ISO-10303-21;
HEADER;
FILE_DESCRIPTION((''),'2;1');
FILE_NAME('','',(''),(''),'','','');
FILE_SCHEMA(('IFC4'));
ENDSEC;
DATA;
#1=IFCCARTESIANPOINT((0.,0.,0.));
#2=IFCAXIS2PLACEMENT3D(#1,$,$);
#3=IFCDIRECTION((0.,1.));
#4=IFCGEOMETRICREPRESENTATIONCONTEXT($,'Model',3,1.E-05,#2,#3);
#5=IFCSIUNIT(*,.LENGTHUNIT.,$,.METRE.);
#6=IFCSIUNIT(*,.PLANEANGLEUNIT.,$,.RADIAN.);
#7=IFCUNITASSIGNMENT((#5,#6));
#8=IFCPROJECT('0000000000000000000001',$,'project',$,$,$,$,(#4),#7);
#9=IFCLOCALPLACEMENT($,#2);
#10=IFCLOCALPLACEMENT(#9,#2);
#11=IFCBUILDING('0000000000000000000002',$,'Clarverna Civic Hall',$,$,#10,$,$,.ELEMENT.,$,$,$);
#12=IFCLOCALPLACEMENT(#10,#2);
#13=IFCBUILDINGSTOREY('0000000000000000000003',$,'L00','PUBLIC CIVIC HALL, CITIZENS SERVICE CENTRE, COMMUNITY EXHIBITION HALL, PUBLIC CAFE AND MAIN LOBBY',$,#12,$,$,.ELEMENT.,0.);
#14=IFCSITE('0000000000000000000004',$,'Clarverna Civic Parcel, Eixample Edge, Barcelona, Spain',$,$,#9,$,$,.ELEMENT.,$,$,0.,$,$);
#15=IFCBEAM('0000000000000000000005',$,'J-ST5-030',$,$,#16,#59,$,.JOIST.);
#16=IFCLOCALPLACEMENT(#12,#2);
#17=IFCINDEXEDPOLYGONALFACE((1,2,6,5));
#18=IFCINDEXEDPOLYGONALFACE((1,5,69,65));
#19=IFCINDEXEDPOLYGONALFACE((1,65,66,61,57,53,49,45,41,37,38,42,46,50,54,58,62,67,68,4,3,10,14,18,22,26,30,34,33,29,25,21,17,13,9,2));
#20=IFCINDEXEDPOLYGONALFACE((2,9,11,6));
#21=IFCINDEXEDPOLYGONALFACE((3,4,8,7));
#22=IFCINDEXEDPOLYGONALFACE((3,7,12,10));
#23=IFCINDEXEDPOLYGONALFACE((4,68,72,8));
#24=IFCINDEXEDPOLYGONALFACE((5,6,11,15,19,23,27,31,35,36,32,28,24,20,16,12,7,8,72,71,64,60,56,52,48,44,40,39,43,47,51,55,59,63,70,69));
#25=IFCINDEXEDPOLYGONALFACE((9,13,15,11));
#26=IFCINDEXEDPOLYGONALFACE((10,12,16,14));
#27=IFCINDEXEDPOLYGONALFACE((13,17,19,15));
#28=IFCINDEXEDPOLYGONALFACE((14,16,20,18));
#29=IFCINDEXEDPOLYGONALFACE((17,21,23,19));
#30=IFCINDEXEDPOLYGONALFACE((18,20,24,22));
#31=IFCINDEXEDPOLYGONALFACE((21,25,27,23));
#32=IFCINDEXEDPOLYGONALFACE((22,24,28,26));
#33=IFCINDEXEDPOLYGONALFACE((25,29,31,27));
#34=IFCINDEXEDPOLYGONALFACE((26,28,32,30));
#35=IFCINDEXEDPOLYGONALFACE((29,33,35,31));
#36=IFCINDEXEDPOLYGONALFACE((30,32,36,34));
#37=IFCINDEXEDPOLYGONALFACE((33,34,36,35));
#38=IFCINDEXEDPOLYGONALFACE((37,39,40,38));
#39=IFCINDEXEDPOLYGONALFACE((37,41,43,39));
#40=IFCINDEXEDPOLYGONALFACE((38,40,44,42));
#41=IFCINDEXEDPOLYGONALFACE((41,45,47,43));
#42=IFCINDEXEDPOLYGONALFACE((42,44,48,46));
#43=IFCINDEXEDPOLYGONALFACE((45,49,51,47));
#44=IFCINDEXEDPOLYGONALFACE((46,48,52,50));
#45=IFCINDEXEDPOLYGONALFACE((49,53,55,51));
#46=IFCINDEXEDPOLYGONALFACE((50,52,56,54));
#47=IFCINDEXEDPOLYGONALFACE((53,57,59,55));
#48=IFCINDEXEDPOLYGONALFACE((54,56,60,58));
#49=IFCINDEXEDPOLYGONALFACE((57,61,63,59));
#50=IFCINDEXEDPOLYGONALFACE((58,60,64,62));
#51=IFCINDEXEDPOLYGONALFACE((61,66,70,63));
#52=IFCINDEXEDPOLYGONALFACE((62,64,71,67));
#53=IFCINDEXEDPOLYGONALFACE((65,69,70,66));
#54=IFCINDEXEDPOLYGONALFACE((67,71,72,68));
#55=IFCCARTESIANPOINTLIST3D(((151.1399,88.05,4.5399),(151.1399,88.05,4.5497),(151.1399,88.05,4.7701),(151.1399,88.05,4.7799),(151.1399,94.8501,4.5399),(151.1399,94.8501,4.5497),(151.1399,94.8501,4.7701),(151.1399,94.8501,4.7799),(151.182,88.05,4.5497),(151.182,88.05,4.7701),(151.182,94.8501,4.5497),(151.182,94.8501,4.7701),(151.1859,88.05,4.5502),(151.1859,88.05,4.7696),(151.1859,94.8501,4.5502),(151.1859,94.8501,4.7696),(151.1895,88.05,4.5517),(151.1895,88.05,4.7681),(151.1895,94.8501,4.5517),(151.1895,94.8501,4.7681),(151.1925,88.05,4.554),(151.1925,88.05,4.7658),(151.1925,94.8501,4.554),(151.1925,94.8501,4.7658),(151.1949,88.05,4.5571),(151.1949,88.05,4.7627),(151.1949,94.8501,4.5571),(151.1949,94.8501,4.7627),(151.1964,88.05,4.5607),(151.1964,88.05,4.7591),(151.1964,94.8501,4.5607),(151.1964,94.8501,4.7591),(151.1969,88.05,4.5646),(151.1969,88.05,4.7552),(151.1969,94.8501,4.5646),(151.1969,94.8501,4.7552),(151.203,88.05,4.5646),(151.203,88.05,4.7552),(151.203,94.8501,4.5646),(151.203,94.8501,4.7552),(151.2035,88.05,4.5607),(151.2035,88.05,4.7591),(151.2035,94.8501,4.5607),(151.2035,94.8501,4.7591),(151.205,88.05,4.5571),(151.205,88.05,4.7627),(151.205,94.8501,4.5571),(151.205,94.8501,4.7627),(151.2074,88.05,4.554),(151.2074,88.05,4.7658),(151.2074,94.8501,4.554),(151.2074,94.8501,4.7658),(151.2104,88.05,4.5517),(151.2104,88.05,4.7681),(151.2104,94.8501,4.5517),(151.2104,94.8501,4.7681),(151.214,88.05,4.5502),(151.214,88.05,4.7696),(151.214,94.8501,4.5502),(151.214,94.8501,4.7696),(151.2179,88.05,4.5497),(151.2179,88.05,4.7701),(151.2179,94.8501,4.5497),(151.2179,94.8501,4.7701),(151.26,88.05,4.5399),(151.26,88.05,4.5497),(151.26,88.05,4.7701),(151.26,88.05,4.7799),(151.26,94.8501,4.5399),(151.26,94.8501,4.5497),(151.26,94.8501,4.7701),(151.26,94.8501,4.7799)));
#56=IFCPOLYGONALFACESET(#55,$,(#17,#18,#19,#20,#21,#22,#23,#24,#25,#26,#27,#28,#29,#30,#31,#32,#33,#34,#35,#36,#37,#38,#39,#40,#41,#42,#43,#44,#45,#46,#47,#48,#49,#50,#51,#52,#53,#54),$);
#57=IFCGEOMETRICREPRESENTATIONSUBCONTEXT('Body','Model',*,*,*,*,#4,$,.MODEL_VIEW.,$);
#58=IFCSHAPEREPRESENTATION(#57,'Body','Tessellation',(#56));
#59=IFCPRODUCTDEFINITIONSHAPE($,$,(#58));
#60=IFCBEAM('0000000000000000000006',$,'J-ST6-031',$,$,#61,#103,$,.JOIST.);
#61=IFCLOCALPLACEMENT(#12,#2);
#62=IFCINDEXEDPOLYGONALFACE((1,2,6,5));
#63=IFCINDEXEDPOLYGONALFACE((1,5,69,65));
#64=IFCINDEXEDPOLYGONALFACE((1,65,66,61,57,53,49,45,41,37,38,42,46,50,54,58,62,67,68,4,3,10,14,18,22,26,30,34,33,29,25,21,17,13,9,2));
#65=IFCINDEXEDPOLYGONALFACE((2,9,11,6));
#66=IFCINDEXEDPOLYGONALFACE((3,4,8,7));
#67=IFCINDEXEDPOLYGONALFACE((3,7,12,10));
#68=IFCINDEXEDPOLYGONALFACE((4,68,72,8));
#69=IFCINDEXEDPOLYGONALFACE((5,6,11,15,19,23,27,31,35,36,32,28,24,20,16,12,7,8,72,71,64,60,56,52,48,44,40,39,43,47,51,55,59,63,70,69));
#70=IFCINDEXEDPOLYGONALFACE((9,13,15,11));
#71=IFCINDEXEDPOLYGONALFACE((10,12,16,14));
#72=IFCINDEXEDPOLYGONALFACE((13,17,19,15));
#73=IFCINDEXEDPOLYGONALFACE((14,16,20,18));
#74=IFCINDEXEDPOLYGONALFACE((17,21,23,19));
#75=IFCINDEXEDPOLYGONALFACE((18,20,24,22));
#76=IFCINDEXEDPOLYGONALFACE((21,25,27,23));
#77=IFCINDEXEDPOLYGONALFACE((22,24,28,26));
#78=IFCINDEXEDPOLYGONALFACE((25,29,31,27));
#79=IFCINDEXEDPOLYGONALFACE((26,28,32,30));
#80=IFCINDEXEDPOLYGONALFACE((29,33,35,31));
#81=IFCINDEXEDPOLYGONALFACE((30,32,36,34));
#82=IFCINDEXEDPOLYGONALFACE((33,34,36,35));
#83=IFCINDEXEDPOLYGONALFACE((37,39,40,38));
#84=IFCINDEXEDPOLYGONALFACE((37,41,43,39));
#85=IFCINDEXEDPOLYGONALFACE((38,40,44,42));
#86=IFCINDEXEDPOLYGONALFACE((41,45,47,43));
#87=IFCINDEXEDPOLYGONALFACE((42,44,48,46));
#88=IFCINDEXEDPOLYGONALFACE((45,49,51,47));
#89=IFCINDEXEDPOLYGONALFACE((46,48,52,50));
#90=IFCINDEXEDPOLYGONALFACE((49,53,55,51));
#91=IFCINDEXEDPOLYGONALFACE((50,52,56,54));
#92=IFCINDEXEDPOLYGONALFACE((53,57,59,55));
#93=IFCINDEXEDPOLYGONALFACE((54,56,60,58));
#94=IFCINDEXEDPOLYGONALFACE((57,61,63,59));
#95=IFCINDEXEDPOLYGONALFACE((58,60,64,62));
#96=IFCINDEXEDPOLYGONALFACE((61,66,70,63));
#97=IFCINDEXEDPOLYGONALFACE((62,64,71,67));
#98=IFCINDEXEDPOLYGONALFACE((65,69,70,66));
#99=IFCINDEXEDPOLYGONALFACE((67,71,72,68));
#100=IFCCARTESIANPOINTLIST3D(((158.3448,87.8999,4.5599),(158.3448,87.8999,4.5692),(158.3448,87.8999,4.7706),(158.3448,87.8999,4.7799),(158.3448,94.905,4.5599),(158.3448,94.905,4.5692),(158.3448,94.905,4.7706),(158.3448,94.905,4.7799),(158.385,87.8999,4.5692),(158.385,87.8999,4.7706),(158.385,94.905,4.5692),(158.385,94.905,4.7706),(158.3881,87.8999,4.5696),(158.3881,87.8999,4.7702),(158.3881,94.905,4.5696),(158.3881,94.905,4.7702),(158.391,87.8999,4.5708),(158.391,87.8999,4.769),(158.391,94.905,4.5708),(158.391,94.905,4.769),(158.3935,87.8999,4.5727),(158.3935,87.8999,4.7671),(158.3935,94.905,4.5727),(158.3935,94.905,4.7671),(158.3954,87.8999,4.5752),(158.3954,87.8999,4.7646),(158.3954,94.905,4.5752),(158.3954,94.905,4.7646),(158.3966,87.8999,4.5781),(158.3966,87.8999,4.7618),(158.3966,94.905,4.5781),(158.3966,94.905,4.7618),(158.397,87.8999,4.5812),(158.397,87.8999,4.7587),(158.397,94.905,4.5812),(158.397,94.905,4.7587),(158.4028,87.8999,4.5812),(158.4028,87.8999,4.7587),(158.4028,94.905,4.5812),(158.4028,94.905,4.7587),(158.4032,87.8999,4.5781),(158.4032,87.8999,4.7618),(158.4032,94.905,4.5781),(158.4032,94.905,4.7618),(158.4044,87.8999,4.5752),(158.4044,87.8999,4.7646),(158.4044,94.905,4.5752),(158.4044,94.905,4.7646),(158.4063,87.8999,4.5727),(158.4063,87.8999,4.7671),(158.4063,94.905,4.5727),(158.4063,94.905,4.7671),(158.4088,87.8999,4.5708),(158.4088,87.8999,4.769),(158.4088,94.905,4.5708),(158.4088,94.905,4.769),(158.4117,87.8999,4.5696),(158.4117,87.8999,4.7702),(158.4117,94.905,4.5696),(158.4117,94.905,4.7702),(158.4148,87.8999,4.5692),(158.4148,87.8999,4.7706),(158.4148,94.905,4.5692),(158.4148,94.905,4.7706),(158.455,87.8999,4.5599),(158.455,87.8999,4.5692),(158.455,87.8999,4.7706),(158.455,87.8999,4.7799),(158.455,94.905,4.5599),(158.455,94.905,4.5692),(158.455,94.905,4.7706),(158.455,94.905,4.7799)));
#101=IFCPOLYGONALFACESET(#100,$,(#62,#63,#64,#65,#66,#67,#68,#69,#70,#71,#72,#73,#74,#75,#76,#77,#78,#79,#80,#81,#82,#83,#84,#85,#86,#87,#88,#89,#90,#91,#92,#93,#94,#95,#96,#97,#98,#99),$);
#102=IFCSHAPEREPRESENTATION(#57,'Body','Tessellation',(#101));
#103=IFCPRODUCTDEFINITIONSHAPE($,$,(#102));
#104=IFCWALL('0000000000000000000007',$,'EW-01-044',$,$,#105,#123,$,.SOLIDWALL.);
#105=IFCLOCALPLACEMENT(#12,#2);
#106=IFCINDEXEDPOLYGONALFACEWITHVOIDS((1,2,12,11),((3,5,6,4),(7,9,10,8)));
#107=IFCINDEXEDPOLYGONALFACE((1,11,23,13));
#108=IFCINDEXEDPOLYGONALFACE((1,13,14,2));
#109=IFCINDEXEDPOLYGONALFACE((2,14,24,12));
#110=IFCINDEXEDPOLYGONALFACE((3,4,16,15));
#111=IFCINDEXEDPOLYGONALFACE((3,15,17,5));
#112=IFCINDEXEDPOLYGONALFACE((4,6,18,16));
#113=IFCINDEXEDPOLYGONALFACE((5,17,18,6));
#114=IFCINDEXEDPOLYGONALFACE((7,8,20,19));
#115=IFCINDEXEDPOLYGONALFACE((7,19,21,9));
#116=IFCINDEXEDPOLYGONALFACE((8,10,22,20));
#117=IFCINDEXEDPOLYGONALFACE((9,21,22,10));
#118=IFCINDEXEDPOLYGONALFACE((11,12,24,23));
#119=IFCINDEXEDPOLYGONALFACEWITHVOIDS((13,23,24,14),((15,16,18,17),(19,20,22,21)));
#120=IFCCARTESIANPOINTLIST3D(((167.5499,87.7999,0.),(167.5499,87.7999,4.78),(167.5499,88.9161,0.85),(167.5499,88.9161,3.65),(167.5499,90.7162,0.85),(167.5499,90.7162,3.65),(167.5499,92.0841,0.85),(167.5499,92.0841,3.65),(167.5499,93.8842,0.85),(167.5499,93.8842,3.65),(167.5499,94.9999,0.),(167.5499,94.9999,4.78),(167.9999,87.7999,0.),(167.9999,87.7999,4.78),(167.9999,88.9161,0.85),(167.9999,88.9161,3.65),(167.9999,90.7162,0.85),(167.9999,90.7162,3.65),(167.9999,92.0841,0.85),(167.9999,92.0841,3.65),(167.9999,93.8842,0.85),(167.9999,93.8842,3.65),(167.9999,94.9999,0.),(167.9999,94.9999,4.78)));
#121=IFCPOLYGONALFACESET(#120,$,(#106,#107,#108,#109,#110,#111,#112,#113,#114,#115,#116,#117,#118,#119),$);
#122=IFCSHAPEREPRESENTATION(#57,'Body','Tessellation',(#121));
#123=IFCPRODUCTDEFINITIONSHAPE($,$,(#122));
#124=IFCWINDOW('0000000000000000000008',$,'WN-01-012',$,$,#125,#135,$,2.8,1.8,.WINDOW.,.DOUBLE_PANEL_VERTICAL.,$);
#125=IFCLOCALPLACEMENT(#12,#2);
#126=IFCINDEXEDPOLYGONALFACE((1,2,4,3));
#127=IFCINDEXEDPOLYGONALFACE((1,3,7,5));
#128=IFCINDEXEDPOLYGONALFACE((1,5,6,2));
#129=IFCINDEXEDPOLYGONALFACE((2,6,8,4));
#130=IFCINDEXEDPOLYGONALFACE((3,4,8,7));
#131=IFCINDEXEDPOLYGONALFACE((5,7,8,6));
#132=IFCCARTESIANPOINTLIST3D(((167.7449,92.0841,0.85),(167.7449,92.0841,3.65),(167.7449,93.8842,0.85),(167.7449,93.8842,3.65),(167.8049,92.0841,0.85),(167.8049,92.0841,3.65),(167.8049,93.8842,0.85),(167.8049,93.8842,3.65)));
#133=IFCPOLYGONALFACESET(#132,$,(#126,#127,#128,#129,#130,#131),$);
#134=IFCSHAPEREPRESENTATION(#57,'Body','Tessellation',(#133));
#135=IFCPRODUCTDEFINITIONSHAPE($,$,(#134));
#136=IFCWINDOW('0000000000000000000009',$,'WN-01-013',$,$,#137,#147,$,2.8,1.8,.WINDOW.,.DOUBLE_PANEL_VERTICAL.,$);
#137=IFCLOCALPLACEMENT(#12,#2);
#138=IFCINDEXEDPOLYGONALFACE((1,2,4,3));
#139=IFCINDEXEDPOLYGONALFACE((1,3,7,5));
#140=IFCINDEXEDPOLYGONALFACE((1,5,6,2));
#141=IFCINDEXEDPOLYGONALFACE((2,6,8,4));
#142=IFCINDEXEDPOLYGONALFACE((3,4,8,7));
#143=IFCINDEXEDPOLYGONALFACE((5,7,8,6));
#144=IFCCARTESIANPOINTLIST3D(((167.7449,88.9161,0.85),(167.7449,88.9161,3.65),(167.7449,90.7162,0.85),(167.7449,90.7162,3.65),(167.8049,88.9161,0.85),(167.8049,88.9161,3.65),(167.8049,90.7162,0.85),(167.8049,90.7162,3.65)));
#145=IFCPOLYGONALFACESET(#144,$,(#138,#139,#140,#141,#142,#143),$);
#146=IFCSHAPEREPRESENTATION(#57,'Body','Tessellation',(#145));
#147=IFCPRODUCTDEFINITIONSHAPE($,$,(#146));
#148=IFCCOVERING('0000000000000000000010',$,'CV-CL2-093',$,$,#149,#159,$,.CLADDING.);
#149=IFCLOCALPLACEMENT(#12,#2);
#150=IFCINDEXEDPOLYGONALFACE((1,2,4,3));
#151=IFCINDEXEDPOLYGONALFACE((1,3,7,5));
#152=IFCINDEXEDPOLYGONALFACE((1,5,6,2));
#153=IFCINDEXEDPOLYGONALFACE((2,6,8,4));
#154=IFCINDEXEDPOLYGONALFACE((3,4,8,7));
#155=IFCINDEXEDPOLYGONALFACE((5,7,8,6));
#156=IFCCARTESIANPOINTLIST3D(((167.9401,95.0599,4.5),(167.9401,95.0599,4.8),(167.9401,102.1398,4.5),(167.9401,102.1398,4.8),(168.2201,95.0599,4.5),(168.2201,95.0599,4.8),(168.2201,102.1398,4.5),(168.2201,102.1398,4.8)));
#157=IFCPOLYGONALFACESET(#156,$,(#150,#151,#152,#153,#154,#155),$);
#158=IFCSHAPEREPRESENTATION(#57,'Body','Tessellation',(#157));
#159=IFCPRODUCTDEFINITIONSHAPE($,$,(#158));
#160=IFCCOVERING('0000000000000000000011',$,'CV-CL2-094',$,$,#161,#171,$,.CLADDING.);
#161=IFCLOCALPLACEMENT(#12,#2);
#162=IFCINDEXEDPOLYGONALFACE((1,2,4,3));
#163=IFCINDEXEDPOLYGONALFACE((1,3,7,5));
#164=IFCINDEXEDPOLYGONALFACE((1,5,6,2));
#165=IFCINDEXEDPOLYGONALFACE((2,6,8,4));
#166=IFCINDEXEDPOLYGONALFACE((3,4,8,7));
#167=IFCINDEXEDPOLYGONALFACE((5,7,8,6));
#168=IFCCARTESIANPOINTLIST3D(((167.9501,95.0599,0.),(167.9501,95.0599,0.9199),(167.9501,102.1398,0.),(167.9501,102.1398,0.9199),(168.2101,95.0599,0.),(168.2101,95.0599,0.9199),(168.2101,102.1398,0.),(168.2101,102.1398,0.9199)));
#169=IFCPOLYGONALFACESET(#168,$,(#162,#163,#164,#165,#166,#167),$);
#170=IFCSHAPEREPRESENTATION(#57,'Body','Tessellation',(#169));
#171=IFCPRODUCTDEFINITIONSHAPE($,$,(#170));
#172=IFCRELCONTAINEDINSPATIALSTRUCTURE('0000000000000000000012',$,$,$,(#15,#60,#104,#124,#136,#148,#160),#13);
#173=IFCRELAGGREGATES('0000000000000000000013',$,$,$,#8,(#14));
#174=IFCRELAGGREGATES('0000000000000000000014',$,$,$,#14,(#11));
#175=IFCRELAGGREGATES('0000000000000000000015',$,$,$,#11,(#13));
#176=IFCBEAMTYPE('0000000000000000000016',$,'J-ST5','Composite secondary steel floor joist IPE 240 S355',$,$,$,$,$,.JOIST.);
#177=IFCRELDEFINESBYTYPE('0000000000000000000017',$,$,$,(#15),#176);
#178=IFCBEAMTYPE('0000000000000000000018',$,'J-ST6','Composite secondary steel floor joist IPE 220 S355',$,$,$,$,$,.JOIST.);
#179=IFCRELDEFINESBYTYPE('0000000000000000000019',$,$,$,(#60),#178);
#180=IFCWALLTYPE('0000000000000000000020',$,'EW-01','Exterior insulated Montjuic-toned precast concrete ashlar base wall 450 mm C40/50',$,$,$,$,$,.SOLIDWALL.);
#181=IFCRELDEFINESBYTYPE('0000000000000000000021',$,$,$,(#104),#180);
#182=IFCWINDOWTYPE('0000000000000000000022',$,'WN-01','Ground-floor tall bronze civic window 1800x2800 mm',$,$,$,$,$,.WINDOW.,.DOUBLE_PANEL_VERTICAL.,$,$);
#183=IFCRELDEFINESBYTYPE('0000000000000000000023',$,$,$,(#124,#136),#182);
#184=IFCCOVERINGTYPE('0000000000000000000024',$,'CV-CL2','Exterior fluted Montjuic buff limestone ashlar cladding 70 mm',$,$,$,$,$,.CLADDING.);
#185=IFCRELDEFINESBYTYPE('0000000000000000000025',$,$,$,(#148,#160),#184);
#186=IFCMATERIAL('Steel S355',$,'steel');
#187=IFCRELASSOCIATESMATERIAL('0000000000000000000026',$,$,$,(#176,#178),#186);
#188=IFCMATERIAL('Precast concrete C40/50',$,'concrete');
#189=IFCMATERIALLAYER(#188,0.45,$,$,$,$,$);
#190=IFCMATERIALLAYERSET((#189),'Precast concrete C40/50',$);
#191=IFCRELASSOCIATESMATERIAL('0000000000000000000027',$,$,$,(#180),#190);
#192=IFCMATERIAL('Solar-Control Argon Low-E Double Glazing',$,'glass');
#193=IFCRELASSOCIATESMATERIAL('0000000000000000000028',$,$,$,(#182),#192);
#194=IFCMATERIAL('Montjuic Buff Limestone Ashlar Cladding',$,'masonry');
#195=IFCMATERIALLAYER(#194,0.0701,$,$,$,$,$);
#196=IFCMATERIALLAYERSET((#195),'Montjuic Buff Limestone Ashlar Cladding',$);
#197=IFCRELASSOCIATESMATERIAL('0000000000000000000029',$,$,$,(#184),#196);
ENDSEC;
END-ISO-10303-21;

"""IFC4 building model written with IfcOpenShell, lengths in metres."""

from ifc_helpers import new_model, si_unit, direction, frame, frame_2d, origin, origin_2d, place, context, subcontext, project, spatial, rectangle, i_section, extrude, material, layer, layer_set, material_profile, profile_set, type_object, element, fill, save


model = new_model("IFC4")

# Units and contexts
model_context = context("Model", 3, precision=1e-05, world=origin(), true_north=direction((0.0, 1.0)))
body_context = subcontext(model_context, "Body", "Model", "MODEL_VIEW")
ifc_project = project(units=[si_unit("LENGTHUNIT", "METRE"), si_unit("PLANEANGLEUNIT", "RADIAN")], contexts=[model_context])

# Site, building, storey
site_placement = place(None, origin())
site = spatial("IfcSite", under=ifc_project, at=site_placement, Name="Clarverna Civic Parcel, Eixample Edge, Barcelona, Spain", CompositionType="ELEMENT", RefElevation=0.0)
building_placement = place(site_placement, origin())
building = spatial("IfcBuilding", under=site, at=building_placement, Name="Clarverna Civic Hall", CompositionType="ELEMENT")
storey_placement = place(building_placement, origin())
storey = spatial("IfcBuildingStorey", under=building, at=storey_placement, Name="L00", Description="PUBLIC CIVIC HALL, CITIZENS SERVICE CENTRE, COMMUNITY EXHIBITION HALL, PUBLIC CAFE AND MAIN LOBBY", CompositionType="ELEMENT", Elevation=0.0)

# Shared definitions
ifc_material_1 = material(Name="Precast concrete C40/50", Category="concrete")

# Beams
ifc_material_2 = material(Name="Steel S355", Category="steel")
ifc_material_profile_1 = material_profile(ifc_material_2, i_section(OverallWidth=0.1201, OverallDepth=0.24, WebThickness=0.0061, FlangeThickness=0.0098, FilletRadius=0.0149, at=origin_2d()), Name="IPE 240")
ifc_profile_set_1 = profile_set([ifc_material_profile_1], Name="Steel S355")
beam_type_1 = type_object("IfcBeamType", Name="J-ST5", Description="Composite secondary steel floor joist IPE 240 S355", PredefinedType="JOIST", material=ifc_profile_set_1)
beam_1_placement = place(storey_placement, frame((151.2, 88.05, 4.6599), z_axis=(0.0, 1.0, 0.0), x_axis=(-1.0, 0.0, 0.0)))
element("IfcBeam", 1, at=beam_1_placement, inside=storey, type_object=beam_type_1, Name="J-ST5-030", PredefinedType="JOIST", context=body_context, shape_type="SweptSolid", body=[
    extrude(i_section(OverallWidth=0.1201, OverallDepth=0.24, WebThickness=0.0061, FlangeThickness=0.0098, FilletRadius=0.0149, at=origin_2d()), origin(), (0.0, 0.0, 1.0), 6.8),
])
ifc_material_profile_2 = material_profile(ifc_material_2, i_section(OverallWidth=0.1101, OverallDepth=0.22, WebThickness=0.0059, FlangeThickness=0.0093, FilletRadius=0.012, at=origin_2d()), Name="IPE 220")
ifc_profile_set_2 = profile_set([ifc_material_profile_2], Name="Steel S355")
beam_type_2 = type_object("IfcBeamType", Name="J-ST6", Description="Composite secondary steel floor joist IPE 220 S355", PredefinedType="JOIST", material=ifc_profile_set_2)
beam_2_placement = place(storey_placement, frame((158.3999, 87.8999, 4.6699), z_axis=(0.0, 1.0, 0.0), x_axis=(-1.0, 0.0, 0.0)))
element("IfcBeam", 2, at=beam_2_placement, inside=storey, type_object=beam_type_2, Name="J-ST6-031", PredefinedType="JOIST", context=body_context, shape_type="SweptSolid", body=[
    extrude(i_section(OverallWidth=0.1101, OverallDepth=0.22, WebThickness=0.0059, FlangeThickness=0.0093, FilletRadius=0.012, at=origin_2d()), origin(), (0.0, 0.0, 1.0), 7.0051),
])

# Wall, openings, windows
ifc_layer_1 = layer(ifc_material_1, 0.45)
ifc_layer_set_1 = layer_set([ifc_layer_1], Name="Precast concrete C40/50")
wall_type = type_object("IfcWallType", Name="EW-01", Description="Exterior insulated Montjuic-toned precast concrete ashlar base wall 450 mm C40/50", PredefinedType="SOLIDWALL", material=ifc_layer_set_1)
wall_placement = place(storey_placement, frame((167.7749, 95.0, 0.0), z_axis=(0.0, 0.0, 1.0), x_axis=(0.0, -1.0, 0.0)))
wall = element("IfcWall", 3, at=wall_placement, inside=storey, type_object=wall_type, Name="EW-01-044", PredefinedType="SOLIDWALL", context=body_context, shape_type="SweptSolid", body=[
    extrude(rectangle(XDim=7.2, YDim=0.45, at=frame_2d((3.6001, 0.0))), origin(), (0.0, 0.0, 1.0), 4.78),
])
opening_1_placement = place(wall_placement, frame((1.116, 0.0, 0.8501)))
opening_1 = element("IfcOpeningElement", 4, at=opening_1_placement, cuts=wall, PredefinedType="OPENING", context=body_context, shape_type="SweptSolid", body=[
    extrude(rectangle(XDim=1.8, YDim=2.8, at=frame_2d((0.8999, 1.3999))), frame((0.0, 0.2349, 0.0), z_axis=(0.0, -1.0, 0.0), x_axis=(1.0, 0.0, 0.0)), (0.0, 0.0, 1.0), 0.47),
])
opening_2_placement = place(wall_placement, frame((4.2839, 0.0, 0.8501)))
opening_2 = element("IfcOpeningElement", 5, at=opening_2_placement, cuts=wall, PredefinedType="OPENING", context=body_context, shape_type="SweptSolid", body=[
    extrude(rectangle(XDim=1.8, YDim=2.8, at=frame_2d((0.8999, 1.3999))), frame((0.0, 0.2349, 0.0), z_axis=(0.0, -1.0, 0.0), x_axis=(1.0, 0.0, 0.0)), (0.0, 0.0, 1.0), 0.47),
])
ifc_material_3 = material(Name="Solar-Control Argon Low-E Double Glazing", Category="glass")
window_type = type_object("IfcWindowType", Name="WN-01", Description="Ground-floor tall bronze civic window 1800x2800 mm", PartitioningType="DOUBLE_PANEL_VERTICAL", PredefinedType="WINDOW", material=ifc_material_3)
window_1_placement = place(opening_1_placement, origin())
window_1 = element("IfcWindow", 6, at=window_1_placement, inside=storey, type_object=window_type, Name="WN-01-012", OverallHeight=2.8, OverallWidth=1.8, PartitioningType="DOUBLE_PANEL_VERTICAL", PredefinedType="WINDOW", context=body_context, shape_type="SweptSolid", body=[
    extrude(rectangle(XDim=1.8, YDim=2.8, at=frame_2d((0.8999, 1.3999))), frame((0.0, 0.03, 0.0), z_axis=(0.0, -1.0, 0.0), x_axis=(1.0, 0.0, 0.0)), (0.0, 0.0, 1.0), 0.0601),
])
fill(opening_1, window_1)
window_2_placement = place(opening_2_placement, origin())
window_2 = element("IfcWindow", 7, at=window_2_placement, inside=storey, type_object=window_type, Name="WN-01-013", OverallHeight=2.8, OverallWidth=1.8, PartitioningType="DOUBLE_PANEL_VERTICAL", PredefinedType="WINDOW", context=body_context, shape_type="SweptSolid", body=[
    extrude(rectangle(XDim=1.8, YDim=2.8, at=frame_2d((0.8999, 1.3999))), frame((0.0, 0.03, 0.0), z_axis=(0.0, -1.0, 0.0), x_axis=(1.0, 0.0, 0.0)), (0.0, 0.0, 1.0), 0.0601),
])
fill(opening_2, window_2)

# Coverings
ifc_material_4 = material(Name="Montjuic Buff Limestone Ashlar Cladding", Category="masonry")
ifc_layer_2 = layer(ifc_material_4, 0.0701)
ifc_layer_set_2 = layer_set([ifc_layer_2], Name="Montjuic Buff Limestone Ashlar Cladding")
covering_type = type_object("IfcCoveringType", Name="CV-CL2", Description="Exterior fluted Montjuic buff limestone ashlar cladding 70 mm", PredefinedType="CLADDING", material=ifc_layer_set_2)
covering_1_placement = place(storey_placement, frame((168.0801, 102.1399, 4.5), z_axis=(0.0, 0.0, 1.0), x_axis=(0.0, -1.0, 0.0)))
element("IfcCovering", 8, at=covering_1_placement, inside=storey, type_object=covering_type, Name="CV-CL2-093", PredefinedType="CLADDING", context=body_context, shape_type="SweptSolid", body=[
    extrude(rectangle(XDim=7.0798, YDim=0.28, at=frame_2d((3.54, 0.0))), origin(), (0.0, 0.0, 1.0), 0.3),
])
covering_2_placement = place(storey_placement, frame((168.0801, 102.1399, 0.0), z_axis=(0.0, 0.0, 1.0), x_axis=(0.0, -1.0, 0.0)))
element("IfcCovering", 9, at=covering_2_placement, inside=storey, type_object=covering_type, Name="CV-CL2-094", PredefinedType="CLADDING", context=body_context, shape_type="SweptSolid", body=[
    extrude(rectangle(XDim=7.0798, YDim=0.26, at=frame_2d((3.54, 0.0))), origin(), (0.0, 0.0, 1.0), 0.9199),
])

save(model, "model.ifc")
